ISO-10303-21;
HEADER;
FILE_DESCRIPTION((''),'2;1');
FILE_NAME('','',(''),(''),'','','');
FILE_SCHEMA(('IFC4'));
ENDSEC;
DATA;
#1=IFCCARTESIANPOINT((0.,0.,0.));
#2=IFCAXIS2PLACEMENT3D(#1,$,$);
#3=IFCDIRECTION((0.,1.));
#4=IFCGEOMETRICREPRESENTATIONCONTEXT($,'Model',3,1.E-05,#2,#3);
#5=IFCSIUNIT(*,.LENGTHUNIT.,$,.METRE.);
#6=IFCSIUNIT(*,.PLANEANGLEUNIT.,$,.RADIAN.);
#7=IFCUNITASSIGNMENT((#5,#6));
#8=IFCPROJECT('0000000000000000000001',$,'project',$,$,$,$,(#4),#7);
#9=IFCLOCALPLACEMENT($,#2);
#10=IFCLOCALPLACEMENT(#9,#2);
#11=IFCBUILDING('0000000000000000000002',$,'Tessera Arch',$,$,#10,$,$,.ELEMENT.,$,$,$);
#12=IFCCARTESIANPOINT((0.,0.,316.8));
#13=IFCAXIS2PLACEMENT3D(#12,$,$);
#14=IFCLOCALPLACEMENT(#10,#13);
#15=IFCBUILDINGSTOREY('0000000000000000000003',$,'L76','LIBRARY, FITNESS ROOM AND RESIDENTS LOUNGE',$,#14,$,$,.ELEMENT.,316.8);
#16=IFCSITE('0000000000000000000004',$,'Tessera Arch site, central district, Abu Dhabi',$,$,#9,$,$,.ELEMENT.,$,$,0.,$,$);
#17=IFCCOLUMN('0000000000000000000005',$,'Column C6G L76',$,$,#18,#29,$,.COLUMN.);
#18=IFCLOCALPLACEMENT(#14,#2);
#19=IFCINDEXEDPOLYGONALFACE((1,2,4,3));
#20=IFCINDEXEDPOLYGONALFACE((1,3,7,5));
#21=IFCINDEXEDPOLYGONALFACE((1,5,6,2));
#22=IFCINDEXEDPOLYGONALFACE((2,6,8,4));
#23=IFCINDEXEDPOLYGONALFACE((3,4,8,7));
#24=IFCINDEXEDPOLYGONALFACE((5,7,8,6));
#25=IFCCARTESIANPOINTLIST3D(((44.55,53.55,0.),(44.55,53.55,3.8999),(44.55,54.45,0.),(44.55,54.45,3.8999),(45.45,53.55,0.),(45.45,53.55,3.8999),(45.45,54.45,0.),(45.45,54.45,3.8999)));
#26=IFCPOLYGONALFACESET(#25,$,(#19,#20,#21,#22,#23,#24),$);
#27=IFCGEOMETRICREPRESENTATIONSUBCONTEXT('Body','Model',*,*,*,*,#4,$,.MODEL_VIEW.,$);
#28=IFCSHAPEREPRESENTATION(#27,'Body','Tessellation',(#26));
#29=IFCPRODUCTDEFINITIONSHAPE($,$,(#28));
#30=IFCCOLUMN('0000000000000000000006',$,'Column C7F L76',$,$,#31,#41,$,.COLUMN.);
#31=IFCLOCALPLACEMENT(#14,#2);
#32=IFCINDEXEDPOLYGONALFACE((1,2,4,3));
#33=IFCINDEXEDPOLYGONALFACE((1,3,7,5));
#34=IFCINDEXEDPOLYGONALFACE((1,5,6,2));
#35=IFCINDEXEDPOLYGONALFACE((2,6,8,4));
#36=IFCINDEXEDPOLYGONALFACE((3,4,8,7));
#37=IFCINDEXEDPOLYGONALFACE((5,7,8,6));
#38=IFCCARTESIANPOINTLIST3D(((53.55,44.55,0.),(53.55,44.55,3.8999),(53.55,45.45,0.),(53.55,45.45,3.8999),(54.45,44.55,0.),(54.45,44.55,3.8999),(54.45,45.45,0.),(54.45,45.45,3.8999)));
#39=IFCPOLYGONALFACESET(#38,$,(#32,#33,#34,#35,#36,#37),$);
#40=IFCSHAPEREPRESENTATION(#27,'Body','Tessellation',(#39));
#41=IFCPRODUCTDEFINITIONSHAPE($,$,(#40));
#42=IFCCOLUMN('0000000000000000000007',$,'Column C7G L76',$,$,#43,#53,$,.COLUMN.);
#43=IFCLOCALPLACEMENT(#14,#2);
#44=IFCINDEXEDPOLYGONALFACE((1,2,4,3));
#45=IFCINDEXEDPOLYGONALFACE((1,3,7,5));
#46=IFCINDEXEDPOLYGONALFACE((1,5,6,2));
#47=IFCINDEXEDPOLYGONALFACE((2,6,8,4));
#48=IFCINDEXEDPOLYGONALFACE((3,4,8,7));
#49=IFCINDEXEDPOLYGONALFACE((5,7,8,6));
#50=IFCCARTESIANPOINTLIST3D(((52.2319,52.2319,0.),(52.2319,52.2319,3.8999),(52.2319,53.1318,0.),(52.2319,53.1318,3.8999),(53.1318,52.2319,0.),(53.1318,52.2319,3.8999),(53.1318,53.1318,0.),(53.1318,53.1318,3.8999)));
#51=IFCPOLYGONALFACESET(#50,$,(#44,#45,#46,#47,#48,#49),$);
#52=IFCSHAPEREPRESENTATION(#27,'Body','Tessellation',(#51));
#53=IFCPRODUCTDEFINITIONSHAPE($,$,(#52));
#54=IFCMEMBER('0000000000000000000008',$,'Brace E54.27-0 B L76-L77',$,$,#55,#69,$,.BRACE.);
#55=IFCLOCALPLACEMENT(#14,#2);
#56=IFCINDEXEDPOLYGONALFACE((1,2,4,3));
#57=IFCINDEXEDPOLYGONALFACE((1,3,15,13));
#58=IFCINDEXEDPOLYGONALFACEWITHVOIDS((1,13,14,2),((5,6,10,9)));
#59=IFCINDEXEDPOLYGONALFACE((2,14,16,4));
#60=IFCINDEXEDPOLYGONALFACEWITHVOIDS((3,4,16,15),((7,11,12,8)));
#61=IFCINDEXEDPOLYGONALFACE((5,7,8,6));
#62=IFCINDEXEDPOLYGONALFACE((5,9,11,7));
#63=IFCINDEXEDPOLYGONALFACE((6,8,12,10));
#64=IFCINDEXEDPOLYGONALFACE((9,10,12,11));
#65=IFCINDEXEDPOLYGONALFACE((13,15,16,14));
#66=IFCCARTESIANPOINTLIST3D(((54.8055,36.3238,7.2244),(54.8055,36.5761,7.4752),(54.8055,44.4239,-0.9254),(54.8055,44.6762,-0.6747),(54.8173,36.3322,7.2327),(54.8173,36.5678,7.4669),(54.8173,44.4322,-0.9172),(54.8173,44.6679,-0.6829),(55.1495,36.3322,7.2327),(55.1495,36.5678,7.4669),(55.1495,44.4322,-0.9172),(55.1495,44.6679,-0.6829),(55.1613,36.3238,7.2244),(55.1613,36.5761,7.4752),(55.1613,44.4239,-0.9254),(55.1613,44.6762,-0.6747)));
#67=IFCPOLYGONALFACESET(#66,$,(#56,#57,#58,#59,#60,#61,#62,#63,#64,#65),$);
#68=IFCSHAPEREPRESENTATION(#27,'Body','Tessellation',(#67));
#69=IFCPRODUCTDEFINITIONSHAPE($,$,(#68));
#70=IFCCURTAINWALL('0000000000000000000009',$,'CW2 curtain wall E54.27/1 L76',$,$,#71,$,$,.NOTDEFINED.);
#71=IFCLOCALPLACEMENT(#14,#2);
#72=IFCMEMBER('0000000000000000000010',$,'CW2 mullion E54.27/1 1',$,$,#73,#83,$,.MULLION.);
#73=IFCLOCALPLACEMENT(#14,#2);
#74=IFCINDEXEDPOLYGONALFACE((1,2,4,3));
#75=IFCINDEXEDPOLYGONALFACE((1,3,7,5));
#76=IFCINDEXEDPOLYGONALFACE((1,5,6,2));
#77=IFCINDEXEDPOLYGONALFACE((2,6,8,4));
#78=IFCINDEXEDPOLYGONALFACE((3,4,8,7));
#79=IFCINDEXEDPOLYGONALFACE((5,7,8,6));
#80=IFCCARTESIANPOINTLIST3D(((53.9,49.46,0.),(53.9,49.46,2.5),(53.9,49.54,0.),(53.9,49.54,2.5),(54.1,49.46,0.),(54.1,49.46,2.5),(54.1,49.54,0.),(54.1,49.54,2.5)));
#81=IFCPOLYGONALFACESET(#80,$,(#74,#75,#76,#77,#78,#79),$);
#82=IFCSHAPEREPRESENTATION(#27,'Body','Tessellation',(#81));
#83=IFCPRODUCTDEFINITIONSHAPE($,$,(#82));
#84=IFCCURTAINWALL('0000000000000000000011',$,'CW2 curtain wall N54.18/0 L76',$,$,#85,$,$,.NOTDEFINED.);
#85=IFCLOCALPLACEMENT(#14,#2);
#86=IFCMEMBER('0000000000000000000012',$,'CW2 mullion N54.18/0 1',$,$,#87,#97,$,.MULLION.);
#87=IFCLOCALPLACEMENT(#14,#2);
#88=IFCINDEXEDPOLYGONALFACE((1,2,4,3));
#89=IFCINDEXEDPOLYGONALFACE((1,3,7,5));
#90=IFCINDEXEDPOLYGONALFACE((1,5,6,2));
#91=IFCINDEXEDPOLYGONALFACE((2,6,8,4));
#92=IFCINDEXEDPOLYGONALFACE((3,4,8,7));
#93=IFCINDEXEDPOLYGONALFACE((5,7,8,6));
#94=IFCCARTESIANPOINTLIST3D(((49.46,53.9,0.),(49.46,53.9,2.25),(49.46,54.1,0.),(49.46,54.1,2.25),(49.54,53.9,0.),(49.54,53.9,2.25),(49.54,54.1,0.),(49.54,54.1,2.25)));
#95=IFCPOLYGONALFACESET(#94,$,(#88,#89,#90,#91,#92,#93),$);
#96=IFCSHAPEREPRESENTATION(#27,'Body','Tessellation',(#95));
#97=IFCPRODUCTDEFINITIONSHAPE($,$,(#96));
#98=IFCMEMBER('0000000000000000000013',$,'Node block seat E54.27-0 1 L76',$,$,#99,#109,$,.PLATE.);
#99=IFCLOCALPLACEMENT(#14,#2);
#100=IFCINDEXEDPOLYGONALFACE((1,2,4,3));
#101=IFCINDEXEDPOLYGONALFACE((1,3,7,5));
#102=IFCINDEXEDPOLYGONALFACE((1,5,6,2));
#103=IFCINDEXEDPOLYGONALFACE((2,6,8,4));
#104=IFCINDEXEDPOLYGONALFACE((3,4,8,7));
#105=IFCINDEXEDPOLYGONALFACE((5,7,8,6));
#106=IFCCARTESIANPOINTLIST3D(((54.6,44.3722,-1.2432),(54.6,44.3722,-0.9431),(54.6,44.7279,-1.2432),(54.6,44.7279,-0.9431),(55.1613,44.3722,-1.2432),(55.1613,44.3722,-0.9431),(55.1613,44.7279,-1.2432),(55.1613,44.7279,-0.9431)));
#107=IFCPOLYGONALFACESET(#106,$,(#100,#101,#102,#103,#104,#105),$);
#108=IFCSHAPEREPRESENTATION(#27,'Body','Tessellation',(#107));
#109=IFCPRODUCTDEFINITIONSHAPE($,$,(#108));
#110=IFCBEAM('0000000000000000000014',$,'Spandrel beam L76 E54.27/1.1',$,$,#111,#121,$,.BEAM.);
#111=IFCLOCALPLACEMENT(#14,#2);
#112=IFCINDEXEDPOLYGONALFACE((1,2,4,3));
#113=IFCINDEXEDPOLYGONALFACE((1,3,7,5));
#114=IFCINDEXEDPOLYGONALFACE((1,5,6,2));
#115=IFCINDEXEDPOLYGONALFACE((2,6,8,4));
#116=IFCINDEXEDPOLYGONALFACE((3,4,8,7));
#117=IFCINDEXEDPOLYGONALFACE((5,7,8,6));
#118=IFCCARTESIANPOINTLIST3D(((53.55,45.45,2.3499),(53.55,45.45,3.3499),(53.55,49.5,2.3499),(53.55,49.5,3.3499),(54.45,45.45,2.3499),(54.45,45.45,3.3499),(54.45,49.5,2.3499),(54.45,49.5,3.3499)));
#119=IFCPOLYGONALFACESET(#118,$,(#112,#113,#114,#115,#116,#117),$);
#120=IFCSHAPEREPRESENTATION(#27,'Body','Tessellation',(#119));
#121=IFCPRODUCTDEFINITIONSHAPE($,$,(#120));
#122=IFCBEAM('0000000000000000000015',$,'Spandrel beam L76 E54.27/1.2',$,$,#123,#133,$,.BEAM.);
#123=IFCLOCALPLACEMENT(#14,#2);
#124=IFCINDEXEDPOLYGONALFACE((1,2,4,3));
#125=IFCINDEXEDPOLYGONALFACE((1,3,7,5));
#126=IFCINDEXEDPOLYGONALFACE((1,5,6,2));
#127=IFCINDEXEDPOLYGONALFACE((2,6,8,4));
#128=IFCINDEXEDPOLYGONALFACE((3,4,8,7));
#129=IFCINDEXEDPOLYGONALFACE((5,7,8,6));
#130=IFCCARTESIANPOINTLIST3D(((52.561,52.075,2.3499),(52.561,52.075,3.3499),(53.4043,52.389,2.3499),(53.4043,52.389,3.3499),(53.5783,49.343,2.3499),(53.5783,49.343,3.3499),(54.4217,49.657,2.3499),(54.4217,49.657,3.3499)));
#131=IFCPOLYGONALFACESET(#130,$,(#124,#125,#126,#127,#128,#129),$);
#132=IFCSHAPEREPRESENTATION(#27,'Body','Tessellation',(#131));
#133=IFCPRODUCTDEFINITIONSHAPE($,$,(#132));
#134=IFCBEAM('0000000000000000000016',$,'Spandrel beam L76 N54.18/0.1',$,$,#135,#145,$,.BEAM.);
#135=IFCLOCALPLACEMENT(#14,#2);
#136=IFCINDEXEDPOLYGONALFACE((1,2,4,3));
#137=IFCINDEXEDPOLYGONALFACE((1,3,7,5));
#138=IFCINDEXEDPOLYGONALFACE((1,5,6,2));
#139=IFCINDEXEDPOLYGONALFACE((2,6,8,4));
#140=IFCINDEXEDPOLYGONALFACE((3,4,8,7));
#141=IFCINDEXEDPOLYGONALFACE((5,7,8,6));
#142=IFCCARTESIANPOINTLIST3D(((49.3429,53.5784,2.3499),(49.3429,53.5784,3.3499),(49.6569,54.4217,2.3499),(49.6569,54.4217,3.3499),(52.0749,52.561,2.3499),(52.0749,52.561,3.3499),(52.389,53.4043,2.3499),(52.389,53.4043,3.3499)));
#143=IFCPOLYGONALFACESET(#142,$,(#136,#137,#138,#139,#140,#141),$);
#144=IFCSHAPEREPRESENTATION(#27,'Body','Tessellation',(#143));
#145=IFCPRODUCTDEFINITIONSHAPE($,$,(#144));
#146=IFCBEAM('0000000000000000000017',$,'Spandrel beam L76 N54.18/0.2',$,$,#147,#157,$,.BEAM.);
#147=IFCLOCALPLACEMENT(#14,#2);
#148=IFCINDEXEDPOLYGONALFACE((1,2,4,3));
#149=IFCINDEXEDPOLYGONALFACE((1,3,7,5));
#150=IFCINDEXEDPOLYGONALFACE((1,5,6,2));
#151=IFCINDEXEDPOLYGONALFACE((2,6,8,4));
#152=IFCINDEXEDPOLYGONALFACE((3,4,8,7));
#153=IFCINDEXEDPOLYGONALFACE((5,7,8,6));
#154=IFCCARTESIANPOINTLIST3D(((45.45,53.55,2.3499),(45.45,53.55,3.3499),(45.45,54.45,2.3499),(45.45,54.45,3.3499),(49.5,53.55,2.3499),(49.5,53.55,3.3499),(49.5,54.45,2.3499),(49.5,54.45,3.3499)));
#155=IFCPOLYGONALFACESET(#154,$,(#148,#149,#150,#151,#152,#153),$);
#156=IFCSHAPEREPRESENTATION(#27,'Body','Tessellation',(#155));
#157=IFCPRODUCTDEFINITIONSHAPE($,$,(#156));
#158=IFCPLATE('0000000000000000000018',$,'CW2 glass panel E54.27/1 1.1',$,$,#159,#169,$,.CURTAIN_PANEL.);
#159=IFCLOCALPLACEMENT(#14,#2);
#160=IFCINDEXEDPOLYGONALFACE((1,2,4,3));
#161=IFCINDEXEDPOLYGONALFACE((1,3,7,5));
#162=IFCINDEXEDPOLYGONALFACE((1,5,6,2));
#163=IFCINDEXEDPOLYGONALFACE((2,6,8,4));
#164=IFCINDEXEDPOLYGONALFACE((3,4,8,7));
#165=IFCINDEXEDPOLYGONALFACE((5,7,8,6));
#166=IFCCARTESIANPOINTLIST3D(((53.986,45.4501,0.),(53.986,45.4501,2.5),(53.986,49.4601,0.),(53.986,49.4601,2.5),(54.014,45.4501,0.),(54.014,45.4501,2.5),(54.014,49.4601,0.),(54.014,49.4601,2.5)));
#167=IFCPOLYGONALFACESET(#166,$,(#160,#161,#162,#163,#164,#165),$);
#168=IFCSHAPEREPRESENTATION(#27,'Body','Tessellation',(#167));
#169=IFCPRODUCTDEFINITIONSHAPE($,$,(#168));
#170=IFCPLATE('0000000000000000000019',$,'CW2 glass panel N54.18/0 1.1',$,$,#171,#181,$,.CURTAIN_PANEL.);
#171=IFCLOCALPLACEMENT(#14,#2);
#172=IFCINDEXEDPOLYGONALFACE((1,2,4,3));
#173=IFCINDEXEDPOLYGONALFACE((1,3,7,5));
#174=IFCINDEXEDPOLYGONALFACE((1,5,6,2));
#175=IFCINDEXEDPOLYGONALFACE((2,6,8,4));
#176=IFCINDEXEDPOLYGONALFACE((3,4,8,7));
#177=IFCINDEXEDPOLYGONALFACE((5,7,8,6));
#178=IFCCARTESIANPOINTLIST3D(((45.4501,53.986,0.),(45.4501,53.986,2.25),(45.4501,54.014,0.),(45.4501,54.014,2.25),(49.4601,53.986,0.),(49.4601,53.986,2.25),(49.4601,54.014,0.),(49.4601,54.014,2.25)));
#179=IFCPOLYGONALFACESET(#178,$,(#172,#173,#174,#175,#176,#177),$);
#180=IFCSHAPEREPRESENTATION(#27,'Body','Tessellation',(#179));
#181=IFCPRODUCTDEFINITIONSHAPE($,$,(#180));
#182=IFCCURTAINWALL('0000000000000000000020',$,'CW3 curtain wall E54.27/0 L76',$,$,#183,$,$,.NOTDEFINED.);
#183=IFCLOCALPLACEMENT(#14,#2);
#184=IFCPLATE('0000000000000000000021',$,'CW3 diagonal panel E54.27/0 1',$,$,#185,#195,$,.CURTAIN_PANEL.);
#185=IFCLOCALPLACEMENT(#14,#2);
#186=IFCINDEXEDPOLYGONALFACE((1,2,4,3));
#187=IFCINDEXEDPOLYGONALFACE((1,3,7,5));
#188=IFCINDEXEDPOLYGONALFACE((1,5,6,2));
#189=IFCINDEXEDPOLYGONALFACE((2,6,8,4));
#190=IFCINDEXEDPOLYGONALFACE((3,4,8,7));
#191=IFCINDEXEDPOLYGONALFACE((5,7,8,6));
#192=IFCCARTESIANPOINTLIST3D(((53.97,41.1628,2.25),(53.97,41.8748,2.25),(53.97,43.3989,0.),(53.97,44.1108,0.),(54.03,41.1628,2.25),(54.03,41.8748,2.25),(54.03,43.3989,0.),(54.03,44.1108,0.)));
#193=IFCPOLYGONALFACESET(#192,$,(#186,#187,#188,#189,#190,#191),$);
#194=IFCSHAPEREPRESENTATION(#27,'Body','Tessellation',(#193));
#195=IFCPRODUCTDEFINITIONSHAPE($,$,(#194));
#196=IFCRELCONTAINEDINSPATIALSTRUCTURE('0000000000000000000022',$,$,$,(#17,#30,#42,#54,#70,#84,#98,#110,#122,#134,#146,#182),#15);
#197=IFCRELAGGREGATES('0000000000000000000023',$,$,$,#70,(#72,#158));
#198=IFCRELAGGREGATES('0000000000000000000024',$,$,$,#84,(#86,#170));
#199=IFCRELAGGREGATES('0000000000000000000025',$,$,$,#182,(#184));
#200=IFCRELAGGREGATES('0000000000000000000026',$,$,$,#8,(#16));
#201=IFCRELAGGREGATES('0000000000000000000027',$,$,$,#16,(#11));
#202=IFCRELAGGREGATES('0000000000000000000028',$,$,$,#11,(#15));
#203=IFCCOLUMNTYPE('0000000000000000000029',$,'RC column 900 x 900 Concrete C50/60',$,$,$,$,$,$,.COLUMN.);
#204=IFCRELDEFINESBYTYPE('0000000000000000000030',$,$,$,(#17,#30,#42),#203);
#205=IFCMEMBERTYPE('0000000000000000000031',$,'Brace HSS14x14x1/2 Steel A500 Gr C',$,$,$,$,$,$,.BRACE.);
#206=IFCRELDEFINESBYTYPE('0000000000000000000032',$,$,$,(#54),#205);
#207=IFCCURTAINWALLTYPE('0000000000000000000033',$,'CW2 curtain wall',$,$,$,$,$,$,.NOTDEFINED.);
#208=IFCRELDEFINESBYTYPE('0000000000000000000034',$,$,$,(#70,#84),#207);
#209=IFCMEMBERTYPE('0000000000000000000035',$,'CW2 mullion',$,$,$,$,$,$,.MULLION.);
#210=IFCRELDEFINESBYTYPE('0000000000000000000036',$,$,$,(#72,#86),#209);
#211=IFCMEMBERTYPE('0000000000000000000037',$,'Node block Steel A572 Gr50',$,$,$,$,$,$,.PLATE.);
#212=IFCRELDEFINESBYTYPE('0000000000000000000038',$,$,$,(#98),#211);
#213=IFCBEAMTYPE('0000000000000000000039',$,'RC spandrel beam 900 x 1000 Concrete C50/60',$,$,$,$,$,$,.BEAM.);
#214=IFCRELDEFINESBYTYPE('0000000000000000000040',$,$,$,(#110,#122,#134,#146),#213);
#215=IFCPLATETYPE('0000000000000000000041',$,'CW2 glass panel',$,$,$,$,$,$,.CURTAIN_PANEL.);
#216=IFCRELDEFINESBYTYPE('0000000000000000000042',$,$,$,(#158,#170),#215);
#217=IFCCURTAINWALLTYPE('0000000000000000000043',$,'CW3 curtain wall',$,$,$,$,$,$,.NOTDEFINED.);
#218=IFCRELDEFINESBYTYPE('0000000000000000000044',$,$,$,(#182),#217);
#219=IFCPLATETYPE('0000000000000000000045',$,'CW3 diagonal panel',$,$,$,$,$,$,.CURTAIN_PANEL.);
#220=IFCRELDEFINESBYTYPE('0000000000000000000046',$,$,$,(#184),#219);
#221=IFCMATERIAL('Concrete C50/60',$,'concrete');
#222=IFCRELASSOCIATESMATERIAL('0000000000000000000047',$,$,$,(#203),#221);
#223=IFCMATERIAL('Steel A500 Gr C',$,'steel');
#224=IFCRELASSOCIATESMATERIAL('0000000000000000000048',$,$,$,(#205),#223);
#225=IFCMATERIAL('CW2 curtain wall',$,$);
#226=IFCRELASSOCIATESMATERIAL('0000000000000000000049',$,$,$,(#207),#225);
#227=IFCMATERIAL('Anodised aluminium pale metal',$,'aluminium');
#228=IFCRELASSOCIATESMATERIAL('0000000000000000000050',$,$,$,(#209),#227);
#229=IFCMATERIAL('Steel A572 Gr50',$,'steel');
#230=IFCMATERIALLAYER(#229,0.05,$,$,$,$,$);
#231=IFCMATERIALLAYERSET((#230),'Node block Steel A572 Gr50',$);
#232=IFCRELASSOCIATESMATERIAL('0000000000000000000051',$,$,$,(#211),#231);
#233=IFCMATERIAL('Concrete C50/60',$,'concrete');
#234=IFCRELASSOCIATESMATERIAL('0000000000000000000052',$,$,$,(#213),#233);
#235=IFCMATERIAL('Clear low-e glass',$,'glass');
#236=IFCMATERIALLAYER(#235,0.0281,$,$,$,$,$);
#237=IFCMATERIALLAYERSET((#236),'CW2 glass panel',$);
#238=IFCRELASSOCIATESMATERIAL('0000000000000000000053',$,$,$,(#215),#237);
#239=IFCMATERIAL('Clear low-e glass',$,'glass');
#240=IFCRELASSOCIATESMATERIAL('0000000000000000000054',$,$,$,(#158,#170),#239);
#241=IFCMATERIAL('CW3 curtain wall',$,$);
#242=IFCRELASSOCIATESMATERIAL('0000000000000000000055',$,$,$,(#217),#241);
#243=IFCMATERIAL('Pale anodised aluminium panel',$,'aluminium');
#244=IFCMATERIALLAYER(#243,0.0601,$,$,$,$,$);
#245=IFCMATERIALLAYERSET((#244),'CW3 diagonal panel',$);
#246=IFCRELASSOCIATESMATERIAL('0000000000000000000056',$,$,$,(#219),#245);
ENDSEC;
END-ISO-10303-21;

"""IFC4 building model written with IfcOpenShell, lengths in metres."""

from ifc_helpers import new_model, si_unit, direction, frame, origin, origin_2d, place, context, subcontext, project, spatial, polyline, rectangle, hollow_rectangle, outline, extrude, material, layer, layer_set, material_profile, profile_set, type_object, element, aggregate, save


model = new_model("IFC4")

# Units and contexts
model_context = context("Model", 3, precision=1e-05, world=origin(), true_north=direction((0.0, 1.0)))
body_context = subcontext(model_context, "Body", "Model", "MODEL_VIEW")
ifc_project = project(units=[si_unit("LENGTHUNIT", "METRE"), si_unit("PLANEANGLEUNIT", "RADIAN")], contexts=[model_context])

# Site, building, storey
site_placement = place(None, origin())
site = spatial("IfcSite", under=ifc_project, at=site_placement, Name="Tessera Arch site, central district, Abu Dhabi", CompositionType="ELEMENT", RefElevation=0.0)
building_placement = place(site_placement, origin())
building = spatial("IfcBuilding", under=site, at=building_placement, Name="Tessera Arch", CompositionType="ELEMENT")
storey_placement = place(building_placement, frame((0.0, 0.0, 316.8)))
storey = spatial("IfcBuildingStorey", under=building, at=storey_placement, Name="L76", Description="LIBRARY, FITNESS ROOM AND RESIDENTS LOUNGE", CompositionType="ELEMENT", Elevation=316.8)

# Columns
ifc_material_1 = material(Name="Concrete C50/60", Category="concrete")
ifc_material_profile_1 = material_profile(ifc_material_1, rectangle(XDim=0.8999, YDim=0.8999, at=origin_2d()), Name="RC column 900 x 900 Concrete C50/60")
ifc_profile_set_1 = profile_set([ifc_material_profile_1], Name="Concrete C50/60")
column_type = type_object("IfcColumnType", Name="RC column 900 x 900 Concrete C50/60", PredefinedType="COLUMN", material=ifc_profile_set_1)
for number, where, z_axis, x_axis, name in (
    (1, (45.0, 54.0, 0.0), (0.0, 0.0, 1.0), (1.0, 0.0, 0.0), "Column C6G L76"),
    (2, (54.0, 45.0, 0.0), (0.0, 0.0, 1.0), (1.0, 0.0, 0.0), "Column C7F L76"),
    (3, (52.6819, 52.6819, 0.0), (0.0, 0.0, 1.0), (1.0, 0.0, 0.0), "Column C7G L76"),
):
    element("IfcColumn", number, at=place(storey_placement, frame(where, z_axis=z_axis, x_axis=x_axis)), inside=storey, type_object=column_type, Name=name, PredefinedType="COLUMN", context=body_context, shape_type="SweptSolid", body=[
        extrude(rectangle(XDim=0.8999, YDim=0.8999, at=origin_2d()), origin(), (0.0, 0.0, 1.0), 3.8999),
    ])

# Member
ifc_material_2 = material(Name="Steel A500 Gr C", Category="steel")
ifc_material_profile_2 = material_profile(ifc_material_2, hollow_rectangle(XDim=0.3557, YDim=0.3557, WallThickness=0.0117, at=origin_2d()), Name="HSS14x14x1/2")
ifc_profile_set_2 = profile_set([ifc_material_profile_2], Name="Steel A500 Gr C")
member_type_1 = type_object("IfcMemberType", Name="Brace HSS14x14x1/2 Steel A500 Gr C", PredefinedType="BRACE", material=ifc_profile_set_2)
member_1_placement = place(storey_placement, frame((54.9834, 44.55, -0.8), z_axis=(0.0, -0.704936, 0.709271), x_axis=(1.0, 0.0, 0.0)))
element("IfcMember", 4, at=member_1_placement, inside=storey, type_object=member_type_1, Name="Brace E54.27-0 B L76-L77", PredefinedType="BRACE", context=body_context, shape_type="SweptSolid", body=[
    extrude(hollow_rectangle(XDim=0.3557, YDim=0.3557, WallThickness=0.0117, at=origin_2d()), origin(), (0.0, 0.0, 1.0), 11.4905),
])

# Curtain walls, members
ifc_material_3 = material(Name="CW2 curtain wall")
curtain_wall_type_1 = type_object("IfcCurtainWallType", Name="CW2 curtain wall", PredefinedType="NOTDEFINED", material=ifc_material_3)
curtain_wall_1_placement = place(storey_placement, origin())
curtain_wall_1 = element("IfcCurtainWall", 5, at=curtain_wall_1_placement, inside=storey, type_object=curtain_wall_type_1, Name="CW2 curtain wall E54.27/1 L76", PredefinedType="NOTDEFINED")
ifc_material_4 = material(Name="Anodised aluminium pale metal", Category="aluminium")
ifc_material_profile_3 = material_profile(ifc_material_4, rectangle(XDim=0.2, YDim=0.0801, at=origin_2d()), Name="AL 80x200")
ifc_profile_set_3 = profile_set([ifc_material_profile_3], Name="Anodised aluminium pale metal")
member_type_2 = type_object("IfcMemberType", Name="CW2 mullion", PredefinedType="MULLION", material=ifc_profile_set_3)
member_2_placement = place(storey_placement, frame((54.0, 49.5, 0.0), z_axis=(0.0, 0.0, 1.0), x_axis=(-1.0, 0.0, 0.0)))
member_2 = element("IfcMember", 6, at=member_2_placement, type_object=member_type_2, Name="CW2 mullion E54.27/1 1", PredefinedType="MULLION", context=body_context, shape_type="SweptSolid", body=[
    extrude(rectangle(XDim=0.2, YDim=0.0801, at=origin_2d()), origin(), (0.0, 0.0, 1.0), 2.5),
])
curtain_wall_2_placement = place(storey_placement, origin())
curtain_wall_2 = element("IfcCurtainWall", 7, at=curtain_wall_2_placement, inside=storey, type_object=curtain_wall_type_1, Name="CW2 curtain wall N54.18/0 L76", PredefinedType="NOTDEFINED")
member_3_placement = place(storey_placement, frame((49.5, 54.0, 0.0), z_axis=(0.0, 0.0, 1.0), x_axis=(0.0, -1.0, 0.0)))
member_3 = element("IfcMember", 8, at=member_3_placement, type_object=member_type_2, Name="CW2 mullion N54.18/0 1", PredefinedType="MULLION", context=body_context, shape_type="SweptSolid", body=[
    extrude(rectangle(XDim=0.2, YDim=0.0801, at=origin_2d()), origin(), (0.0, 0.0, 1.0), 2.25),
])

# Member
ifc_material_5 = material(Name="Steel A572 Gr50", Category="steel")
ifc_layer_1 = layer(ifc_material_5, 0.05)
ifc_layer_set_1 = layer_set([ifc_layer_1], Name="Node block Steel A572 Gr50")
member_type_3 = type_object("IfcMemberType", Name="Node block Steel A572 Gr50", PredefinedType="PLATE", material=ifc_layer_set_1)
member_4_placement = place(storey_placement, frame((54.8806, 44.55, -1.2432), z_axis=(0.0, 0.0, 1.0), x_axis=(0.0, 1.0, 0.0)))
element("IfcMember", 9, at=member_4_placement, inside=storey, type_object=member_type_3, Name="Node block seat E54.27-0 1 L76", PredefinedType="PLATE", context=body_context, shape_type="SweptSolid", body=[
    extrude(rectangle(XDim=0.3557, YDim=0.5613, at=origin_2d()), origin(), (0.0, 0.0, 1.0), 0.3),
])

# Beams
ifc_material_6 = material(Name="Concrete C50/60", Category="concrete")
ifc_material_profile_4 = material_profile(ifc_material_6, rectangle(XDim=0.8999, YDim=1.0, at=origin_2d()), Name="RC spandrel beam 900 x 1000 Concrete C50/60")
ifc_profile_set_4 = profile_set([ifc_material_profile_4], Name="Concrete C50/60")
beam_type = type_object("IfcBeamType", Name="RC spandrel beam 900 x 1000 Concrete C50/60", PredefinedType="BEAM", material=ifc_profile_set_4)
beam_1_placement = place(storey_placement, frame((54.0, 45.45, 2.8499), z_axis=(0.0, 1.0, 0.0), x_axis=(-1.0, 0.0, 0.0)))
element("IfcBeam", 10, at=beam_1_placement, inside=storey, type_object=beam_type, Name="Spandrel beam L76 E54.27/1.1", PredefinedType="BEAM", context=body_context, shape_type="SweptSolid", body=[
    extrude(rectangle(XDim=0.8999, YDim=1.0, at=origin_2d()), origin(), (0.0, 0.0, 1.0), 4.05),
])
for number, where, z_axis, x_axis, name in (
    (11, (54.0, 49.5, 2.8499), (-0.348975, 0.937132, 0.0), (-0.937132, -0.348975, 0.0), "Spandrel beam L76 E54.27/1.2"),
    (12, (52.2319, 52.9827, 2.8499), (-0.937132, 0.348975, 0.0), (-0.348975, -0.937132, 0.0), "Spandrel beam L76 N54.18/0.1"),
):
    element("IfcBeam", number, at=place(storey_placement, frame(where, z_axis=z_axis, x_axis=x_axis)), inside=storey, type_object=beam_type, Name=name, PredefinedType="BEAM", context=body_context, shape_type="SweptSolid", body=[
        extrude(rectangle(XDim=0.8999, YDim=1.0, at=origin_2d()), origin(), (0.0, 0.0, 1.0), 2.9153),
    ])
beam_2_placement = place(storey_placement, frame((49.5, 54.0, 2.8499), z_axis=(-1.0, 0.0, 0.0), x_axis=(0.0, -1.0, 0.0)))
element("IfcBeam", 13, at=beam_2_placement, inside=storey, type_object=beam_type, Name="Spandrel beam L76 N54.18/0.2", PredefinedType="BEAM", context=body_context, shape_type="SweptSolid", body=[
    extrude(rectangle(XDim=0.8999, YDim=1.0, at=origin_2d()), origin(), (0.0, 0.0, 1.0), 4.05),
])

# Plates
ifc_material_7 = material(Name="Clear low-e glass", Category="glass")
ifc_material_8 = material(Name="Clear low-e glass", Category="glass")
ifc_layer_2 = layer(ifc_material_8, 0.0281)
ifc_layer_set_2 = layer_set([ifc_layer_2], Name="CW2 glass panel")
plate_type_1 = type_object("IfcPlateType", Name="CW2 glass panel", PredefinedType="CURTAIN_PANEL", material=ifc_layer_set_2)
plate_1_placement = place(storey_placement, frame((54.0, 47.4551, 0.0), z_axis=(0.0, 0.0, 1.0), x_axis=(0.0, 1.0, 0.0)))
plate_1 = element("IfcPlate", 14, at=plate_1_placement, type_object=plate_type_1, material=ifc_material_7, Name="CW2 glass panel E54.27/1 1.1", PredefinedType="CURTAIN_PANEL", context=body_context, shape_type="SweptSolid", body=[
    extrude(rectangle(XDim=4.01, YDim=0.0281, at=origin_2d()), origin(), (0.0, 0.0, 1.0), 2.5),
])
aggregate(curtain_wall_1, [member_2, plate_1])
plate_2_placement = place(storey_placement, frame((47.4551, 54.0, 0.0), z_axis=(0.0, 0.0, 1.0), x_axis=(-1.0, 0.0, 0.0)))
plate_2 = element("IfcPlate", 15, at=plate_2_placement, type_object=plate_type_1, material=ifc_material_7, Name="CW2 glass panel N54.18/0 1.1", PredefinedType="CURTAIN_PANEL", context=body_context, shape_type="SweptSolid", body=[
    extrude(rectangle(XDim=4.01, YDim=0.0281, at=origin_2d()), origin(), (0.0, 0.0, 1.0), 2.25),
])
aggregate(curtain_wall_2, [member_3, plate_2])

# Curtain wall, plate
ifc_material_9 = material(Name="CW3 curtain wall")
curtain_wall_type_2 = type_object("IfcCurtainWallType", Name="CW3 curtain wall", PredefinedType="NOTDEFINED", material=ifc_material_9)
curtain_wall_3_placement = place(storey_placement, origin())
curtain_wall_3 = element("IfcCurtainWall", 16, at=curtain_wall_3_placement, inside=storey, type_object=curtain_wall_type_2, Name="CW3 curtain wall E54.27/0 L76", PredefinedType="NOTDEFINED")
ifc_material_10 = material(Name="Pale anodised aluminium panel", Category="aluminium")
ifc_layer_3 = layer(ifc_material_10, 0.0601)
ifc_layer_set_3 = layer_set([ifc_layer_3], Name="CW3 diagonal panel")
plate_type_2 = type_object("IfcPlateType", Name="CW3 diagonal panel", PredefinedType="CURTAIN_PANEL", material=ifc_layer_set_3)
plate_3_placement = place(storey_placement, frame((54.03, 41.8748, 2.25), z_axis=(1.0, 0.0, 0.0), x_axis=(0.0, -1.0, 0.0)))
plate_3 = element("IfcPlate", 17, at=plate_3_placement, type_object=plate_type_2, Name="CW3 diagonal panel E54.27/0 1", PredefinedType="CURTAIN_PANEL", context=body_context, shape_type="SweptSolid", body=[
    extrude(outline(polyline([(0.0, 0.0), (0.7119, 0.0), (-1.5242, 2.25), (-2.2361, 2.25), (0.0, 0.0)])), origin(), (0.0, 0.0, -1.0), 0.0601),
])
aggregate(curtain_wall_3, [plate_3])

save(model, "model.ifc")
